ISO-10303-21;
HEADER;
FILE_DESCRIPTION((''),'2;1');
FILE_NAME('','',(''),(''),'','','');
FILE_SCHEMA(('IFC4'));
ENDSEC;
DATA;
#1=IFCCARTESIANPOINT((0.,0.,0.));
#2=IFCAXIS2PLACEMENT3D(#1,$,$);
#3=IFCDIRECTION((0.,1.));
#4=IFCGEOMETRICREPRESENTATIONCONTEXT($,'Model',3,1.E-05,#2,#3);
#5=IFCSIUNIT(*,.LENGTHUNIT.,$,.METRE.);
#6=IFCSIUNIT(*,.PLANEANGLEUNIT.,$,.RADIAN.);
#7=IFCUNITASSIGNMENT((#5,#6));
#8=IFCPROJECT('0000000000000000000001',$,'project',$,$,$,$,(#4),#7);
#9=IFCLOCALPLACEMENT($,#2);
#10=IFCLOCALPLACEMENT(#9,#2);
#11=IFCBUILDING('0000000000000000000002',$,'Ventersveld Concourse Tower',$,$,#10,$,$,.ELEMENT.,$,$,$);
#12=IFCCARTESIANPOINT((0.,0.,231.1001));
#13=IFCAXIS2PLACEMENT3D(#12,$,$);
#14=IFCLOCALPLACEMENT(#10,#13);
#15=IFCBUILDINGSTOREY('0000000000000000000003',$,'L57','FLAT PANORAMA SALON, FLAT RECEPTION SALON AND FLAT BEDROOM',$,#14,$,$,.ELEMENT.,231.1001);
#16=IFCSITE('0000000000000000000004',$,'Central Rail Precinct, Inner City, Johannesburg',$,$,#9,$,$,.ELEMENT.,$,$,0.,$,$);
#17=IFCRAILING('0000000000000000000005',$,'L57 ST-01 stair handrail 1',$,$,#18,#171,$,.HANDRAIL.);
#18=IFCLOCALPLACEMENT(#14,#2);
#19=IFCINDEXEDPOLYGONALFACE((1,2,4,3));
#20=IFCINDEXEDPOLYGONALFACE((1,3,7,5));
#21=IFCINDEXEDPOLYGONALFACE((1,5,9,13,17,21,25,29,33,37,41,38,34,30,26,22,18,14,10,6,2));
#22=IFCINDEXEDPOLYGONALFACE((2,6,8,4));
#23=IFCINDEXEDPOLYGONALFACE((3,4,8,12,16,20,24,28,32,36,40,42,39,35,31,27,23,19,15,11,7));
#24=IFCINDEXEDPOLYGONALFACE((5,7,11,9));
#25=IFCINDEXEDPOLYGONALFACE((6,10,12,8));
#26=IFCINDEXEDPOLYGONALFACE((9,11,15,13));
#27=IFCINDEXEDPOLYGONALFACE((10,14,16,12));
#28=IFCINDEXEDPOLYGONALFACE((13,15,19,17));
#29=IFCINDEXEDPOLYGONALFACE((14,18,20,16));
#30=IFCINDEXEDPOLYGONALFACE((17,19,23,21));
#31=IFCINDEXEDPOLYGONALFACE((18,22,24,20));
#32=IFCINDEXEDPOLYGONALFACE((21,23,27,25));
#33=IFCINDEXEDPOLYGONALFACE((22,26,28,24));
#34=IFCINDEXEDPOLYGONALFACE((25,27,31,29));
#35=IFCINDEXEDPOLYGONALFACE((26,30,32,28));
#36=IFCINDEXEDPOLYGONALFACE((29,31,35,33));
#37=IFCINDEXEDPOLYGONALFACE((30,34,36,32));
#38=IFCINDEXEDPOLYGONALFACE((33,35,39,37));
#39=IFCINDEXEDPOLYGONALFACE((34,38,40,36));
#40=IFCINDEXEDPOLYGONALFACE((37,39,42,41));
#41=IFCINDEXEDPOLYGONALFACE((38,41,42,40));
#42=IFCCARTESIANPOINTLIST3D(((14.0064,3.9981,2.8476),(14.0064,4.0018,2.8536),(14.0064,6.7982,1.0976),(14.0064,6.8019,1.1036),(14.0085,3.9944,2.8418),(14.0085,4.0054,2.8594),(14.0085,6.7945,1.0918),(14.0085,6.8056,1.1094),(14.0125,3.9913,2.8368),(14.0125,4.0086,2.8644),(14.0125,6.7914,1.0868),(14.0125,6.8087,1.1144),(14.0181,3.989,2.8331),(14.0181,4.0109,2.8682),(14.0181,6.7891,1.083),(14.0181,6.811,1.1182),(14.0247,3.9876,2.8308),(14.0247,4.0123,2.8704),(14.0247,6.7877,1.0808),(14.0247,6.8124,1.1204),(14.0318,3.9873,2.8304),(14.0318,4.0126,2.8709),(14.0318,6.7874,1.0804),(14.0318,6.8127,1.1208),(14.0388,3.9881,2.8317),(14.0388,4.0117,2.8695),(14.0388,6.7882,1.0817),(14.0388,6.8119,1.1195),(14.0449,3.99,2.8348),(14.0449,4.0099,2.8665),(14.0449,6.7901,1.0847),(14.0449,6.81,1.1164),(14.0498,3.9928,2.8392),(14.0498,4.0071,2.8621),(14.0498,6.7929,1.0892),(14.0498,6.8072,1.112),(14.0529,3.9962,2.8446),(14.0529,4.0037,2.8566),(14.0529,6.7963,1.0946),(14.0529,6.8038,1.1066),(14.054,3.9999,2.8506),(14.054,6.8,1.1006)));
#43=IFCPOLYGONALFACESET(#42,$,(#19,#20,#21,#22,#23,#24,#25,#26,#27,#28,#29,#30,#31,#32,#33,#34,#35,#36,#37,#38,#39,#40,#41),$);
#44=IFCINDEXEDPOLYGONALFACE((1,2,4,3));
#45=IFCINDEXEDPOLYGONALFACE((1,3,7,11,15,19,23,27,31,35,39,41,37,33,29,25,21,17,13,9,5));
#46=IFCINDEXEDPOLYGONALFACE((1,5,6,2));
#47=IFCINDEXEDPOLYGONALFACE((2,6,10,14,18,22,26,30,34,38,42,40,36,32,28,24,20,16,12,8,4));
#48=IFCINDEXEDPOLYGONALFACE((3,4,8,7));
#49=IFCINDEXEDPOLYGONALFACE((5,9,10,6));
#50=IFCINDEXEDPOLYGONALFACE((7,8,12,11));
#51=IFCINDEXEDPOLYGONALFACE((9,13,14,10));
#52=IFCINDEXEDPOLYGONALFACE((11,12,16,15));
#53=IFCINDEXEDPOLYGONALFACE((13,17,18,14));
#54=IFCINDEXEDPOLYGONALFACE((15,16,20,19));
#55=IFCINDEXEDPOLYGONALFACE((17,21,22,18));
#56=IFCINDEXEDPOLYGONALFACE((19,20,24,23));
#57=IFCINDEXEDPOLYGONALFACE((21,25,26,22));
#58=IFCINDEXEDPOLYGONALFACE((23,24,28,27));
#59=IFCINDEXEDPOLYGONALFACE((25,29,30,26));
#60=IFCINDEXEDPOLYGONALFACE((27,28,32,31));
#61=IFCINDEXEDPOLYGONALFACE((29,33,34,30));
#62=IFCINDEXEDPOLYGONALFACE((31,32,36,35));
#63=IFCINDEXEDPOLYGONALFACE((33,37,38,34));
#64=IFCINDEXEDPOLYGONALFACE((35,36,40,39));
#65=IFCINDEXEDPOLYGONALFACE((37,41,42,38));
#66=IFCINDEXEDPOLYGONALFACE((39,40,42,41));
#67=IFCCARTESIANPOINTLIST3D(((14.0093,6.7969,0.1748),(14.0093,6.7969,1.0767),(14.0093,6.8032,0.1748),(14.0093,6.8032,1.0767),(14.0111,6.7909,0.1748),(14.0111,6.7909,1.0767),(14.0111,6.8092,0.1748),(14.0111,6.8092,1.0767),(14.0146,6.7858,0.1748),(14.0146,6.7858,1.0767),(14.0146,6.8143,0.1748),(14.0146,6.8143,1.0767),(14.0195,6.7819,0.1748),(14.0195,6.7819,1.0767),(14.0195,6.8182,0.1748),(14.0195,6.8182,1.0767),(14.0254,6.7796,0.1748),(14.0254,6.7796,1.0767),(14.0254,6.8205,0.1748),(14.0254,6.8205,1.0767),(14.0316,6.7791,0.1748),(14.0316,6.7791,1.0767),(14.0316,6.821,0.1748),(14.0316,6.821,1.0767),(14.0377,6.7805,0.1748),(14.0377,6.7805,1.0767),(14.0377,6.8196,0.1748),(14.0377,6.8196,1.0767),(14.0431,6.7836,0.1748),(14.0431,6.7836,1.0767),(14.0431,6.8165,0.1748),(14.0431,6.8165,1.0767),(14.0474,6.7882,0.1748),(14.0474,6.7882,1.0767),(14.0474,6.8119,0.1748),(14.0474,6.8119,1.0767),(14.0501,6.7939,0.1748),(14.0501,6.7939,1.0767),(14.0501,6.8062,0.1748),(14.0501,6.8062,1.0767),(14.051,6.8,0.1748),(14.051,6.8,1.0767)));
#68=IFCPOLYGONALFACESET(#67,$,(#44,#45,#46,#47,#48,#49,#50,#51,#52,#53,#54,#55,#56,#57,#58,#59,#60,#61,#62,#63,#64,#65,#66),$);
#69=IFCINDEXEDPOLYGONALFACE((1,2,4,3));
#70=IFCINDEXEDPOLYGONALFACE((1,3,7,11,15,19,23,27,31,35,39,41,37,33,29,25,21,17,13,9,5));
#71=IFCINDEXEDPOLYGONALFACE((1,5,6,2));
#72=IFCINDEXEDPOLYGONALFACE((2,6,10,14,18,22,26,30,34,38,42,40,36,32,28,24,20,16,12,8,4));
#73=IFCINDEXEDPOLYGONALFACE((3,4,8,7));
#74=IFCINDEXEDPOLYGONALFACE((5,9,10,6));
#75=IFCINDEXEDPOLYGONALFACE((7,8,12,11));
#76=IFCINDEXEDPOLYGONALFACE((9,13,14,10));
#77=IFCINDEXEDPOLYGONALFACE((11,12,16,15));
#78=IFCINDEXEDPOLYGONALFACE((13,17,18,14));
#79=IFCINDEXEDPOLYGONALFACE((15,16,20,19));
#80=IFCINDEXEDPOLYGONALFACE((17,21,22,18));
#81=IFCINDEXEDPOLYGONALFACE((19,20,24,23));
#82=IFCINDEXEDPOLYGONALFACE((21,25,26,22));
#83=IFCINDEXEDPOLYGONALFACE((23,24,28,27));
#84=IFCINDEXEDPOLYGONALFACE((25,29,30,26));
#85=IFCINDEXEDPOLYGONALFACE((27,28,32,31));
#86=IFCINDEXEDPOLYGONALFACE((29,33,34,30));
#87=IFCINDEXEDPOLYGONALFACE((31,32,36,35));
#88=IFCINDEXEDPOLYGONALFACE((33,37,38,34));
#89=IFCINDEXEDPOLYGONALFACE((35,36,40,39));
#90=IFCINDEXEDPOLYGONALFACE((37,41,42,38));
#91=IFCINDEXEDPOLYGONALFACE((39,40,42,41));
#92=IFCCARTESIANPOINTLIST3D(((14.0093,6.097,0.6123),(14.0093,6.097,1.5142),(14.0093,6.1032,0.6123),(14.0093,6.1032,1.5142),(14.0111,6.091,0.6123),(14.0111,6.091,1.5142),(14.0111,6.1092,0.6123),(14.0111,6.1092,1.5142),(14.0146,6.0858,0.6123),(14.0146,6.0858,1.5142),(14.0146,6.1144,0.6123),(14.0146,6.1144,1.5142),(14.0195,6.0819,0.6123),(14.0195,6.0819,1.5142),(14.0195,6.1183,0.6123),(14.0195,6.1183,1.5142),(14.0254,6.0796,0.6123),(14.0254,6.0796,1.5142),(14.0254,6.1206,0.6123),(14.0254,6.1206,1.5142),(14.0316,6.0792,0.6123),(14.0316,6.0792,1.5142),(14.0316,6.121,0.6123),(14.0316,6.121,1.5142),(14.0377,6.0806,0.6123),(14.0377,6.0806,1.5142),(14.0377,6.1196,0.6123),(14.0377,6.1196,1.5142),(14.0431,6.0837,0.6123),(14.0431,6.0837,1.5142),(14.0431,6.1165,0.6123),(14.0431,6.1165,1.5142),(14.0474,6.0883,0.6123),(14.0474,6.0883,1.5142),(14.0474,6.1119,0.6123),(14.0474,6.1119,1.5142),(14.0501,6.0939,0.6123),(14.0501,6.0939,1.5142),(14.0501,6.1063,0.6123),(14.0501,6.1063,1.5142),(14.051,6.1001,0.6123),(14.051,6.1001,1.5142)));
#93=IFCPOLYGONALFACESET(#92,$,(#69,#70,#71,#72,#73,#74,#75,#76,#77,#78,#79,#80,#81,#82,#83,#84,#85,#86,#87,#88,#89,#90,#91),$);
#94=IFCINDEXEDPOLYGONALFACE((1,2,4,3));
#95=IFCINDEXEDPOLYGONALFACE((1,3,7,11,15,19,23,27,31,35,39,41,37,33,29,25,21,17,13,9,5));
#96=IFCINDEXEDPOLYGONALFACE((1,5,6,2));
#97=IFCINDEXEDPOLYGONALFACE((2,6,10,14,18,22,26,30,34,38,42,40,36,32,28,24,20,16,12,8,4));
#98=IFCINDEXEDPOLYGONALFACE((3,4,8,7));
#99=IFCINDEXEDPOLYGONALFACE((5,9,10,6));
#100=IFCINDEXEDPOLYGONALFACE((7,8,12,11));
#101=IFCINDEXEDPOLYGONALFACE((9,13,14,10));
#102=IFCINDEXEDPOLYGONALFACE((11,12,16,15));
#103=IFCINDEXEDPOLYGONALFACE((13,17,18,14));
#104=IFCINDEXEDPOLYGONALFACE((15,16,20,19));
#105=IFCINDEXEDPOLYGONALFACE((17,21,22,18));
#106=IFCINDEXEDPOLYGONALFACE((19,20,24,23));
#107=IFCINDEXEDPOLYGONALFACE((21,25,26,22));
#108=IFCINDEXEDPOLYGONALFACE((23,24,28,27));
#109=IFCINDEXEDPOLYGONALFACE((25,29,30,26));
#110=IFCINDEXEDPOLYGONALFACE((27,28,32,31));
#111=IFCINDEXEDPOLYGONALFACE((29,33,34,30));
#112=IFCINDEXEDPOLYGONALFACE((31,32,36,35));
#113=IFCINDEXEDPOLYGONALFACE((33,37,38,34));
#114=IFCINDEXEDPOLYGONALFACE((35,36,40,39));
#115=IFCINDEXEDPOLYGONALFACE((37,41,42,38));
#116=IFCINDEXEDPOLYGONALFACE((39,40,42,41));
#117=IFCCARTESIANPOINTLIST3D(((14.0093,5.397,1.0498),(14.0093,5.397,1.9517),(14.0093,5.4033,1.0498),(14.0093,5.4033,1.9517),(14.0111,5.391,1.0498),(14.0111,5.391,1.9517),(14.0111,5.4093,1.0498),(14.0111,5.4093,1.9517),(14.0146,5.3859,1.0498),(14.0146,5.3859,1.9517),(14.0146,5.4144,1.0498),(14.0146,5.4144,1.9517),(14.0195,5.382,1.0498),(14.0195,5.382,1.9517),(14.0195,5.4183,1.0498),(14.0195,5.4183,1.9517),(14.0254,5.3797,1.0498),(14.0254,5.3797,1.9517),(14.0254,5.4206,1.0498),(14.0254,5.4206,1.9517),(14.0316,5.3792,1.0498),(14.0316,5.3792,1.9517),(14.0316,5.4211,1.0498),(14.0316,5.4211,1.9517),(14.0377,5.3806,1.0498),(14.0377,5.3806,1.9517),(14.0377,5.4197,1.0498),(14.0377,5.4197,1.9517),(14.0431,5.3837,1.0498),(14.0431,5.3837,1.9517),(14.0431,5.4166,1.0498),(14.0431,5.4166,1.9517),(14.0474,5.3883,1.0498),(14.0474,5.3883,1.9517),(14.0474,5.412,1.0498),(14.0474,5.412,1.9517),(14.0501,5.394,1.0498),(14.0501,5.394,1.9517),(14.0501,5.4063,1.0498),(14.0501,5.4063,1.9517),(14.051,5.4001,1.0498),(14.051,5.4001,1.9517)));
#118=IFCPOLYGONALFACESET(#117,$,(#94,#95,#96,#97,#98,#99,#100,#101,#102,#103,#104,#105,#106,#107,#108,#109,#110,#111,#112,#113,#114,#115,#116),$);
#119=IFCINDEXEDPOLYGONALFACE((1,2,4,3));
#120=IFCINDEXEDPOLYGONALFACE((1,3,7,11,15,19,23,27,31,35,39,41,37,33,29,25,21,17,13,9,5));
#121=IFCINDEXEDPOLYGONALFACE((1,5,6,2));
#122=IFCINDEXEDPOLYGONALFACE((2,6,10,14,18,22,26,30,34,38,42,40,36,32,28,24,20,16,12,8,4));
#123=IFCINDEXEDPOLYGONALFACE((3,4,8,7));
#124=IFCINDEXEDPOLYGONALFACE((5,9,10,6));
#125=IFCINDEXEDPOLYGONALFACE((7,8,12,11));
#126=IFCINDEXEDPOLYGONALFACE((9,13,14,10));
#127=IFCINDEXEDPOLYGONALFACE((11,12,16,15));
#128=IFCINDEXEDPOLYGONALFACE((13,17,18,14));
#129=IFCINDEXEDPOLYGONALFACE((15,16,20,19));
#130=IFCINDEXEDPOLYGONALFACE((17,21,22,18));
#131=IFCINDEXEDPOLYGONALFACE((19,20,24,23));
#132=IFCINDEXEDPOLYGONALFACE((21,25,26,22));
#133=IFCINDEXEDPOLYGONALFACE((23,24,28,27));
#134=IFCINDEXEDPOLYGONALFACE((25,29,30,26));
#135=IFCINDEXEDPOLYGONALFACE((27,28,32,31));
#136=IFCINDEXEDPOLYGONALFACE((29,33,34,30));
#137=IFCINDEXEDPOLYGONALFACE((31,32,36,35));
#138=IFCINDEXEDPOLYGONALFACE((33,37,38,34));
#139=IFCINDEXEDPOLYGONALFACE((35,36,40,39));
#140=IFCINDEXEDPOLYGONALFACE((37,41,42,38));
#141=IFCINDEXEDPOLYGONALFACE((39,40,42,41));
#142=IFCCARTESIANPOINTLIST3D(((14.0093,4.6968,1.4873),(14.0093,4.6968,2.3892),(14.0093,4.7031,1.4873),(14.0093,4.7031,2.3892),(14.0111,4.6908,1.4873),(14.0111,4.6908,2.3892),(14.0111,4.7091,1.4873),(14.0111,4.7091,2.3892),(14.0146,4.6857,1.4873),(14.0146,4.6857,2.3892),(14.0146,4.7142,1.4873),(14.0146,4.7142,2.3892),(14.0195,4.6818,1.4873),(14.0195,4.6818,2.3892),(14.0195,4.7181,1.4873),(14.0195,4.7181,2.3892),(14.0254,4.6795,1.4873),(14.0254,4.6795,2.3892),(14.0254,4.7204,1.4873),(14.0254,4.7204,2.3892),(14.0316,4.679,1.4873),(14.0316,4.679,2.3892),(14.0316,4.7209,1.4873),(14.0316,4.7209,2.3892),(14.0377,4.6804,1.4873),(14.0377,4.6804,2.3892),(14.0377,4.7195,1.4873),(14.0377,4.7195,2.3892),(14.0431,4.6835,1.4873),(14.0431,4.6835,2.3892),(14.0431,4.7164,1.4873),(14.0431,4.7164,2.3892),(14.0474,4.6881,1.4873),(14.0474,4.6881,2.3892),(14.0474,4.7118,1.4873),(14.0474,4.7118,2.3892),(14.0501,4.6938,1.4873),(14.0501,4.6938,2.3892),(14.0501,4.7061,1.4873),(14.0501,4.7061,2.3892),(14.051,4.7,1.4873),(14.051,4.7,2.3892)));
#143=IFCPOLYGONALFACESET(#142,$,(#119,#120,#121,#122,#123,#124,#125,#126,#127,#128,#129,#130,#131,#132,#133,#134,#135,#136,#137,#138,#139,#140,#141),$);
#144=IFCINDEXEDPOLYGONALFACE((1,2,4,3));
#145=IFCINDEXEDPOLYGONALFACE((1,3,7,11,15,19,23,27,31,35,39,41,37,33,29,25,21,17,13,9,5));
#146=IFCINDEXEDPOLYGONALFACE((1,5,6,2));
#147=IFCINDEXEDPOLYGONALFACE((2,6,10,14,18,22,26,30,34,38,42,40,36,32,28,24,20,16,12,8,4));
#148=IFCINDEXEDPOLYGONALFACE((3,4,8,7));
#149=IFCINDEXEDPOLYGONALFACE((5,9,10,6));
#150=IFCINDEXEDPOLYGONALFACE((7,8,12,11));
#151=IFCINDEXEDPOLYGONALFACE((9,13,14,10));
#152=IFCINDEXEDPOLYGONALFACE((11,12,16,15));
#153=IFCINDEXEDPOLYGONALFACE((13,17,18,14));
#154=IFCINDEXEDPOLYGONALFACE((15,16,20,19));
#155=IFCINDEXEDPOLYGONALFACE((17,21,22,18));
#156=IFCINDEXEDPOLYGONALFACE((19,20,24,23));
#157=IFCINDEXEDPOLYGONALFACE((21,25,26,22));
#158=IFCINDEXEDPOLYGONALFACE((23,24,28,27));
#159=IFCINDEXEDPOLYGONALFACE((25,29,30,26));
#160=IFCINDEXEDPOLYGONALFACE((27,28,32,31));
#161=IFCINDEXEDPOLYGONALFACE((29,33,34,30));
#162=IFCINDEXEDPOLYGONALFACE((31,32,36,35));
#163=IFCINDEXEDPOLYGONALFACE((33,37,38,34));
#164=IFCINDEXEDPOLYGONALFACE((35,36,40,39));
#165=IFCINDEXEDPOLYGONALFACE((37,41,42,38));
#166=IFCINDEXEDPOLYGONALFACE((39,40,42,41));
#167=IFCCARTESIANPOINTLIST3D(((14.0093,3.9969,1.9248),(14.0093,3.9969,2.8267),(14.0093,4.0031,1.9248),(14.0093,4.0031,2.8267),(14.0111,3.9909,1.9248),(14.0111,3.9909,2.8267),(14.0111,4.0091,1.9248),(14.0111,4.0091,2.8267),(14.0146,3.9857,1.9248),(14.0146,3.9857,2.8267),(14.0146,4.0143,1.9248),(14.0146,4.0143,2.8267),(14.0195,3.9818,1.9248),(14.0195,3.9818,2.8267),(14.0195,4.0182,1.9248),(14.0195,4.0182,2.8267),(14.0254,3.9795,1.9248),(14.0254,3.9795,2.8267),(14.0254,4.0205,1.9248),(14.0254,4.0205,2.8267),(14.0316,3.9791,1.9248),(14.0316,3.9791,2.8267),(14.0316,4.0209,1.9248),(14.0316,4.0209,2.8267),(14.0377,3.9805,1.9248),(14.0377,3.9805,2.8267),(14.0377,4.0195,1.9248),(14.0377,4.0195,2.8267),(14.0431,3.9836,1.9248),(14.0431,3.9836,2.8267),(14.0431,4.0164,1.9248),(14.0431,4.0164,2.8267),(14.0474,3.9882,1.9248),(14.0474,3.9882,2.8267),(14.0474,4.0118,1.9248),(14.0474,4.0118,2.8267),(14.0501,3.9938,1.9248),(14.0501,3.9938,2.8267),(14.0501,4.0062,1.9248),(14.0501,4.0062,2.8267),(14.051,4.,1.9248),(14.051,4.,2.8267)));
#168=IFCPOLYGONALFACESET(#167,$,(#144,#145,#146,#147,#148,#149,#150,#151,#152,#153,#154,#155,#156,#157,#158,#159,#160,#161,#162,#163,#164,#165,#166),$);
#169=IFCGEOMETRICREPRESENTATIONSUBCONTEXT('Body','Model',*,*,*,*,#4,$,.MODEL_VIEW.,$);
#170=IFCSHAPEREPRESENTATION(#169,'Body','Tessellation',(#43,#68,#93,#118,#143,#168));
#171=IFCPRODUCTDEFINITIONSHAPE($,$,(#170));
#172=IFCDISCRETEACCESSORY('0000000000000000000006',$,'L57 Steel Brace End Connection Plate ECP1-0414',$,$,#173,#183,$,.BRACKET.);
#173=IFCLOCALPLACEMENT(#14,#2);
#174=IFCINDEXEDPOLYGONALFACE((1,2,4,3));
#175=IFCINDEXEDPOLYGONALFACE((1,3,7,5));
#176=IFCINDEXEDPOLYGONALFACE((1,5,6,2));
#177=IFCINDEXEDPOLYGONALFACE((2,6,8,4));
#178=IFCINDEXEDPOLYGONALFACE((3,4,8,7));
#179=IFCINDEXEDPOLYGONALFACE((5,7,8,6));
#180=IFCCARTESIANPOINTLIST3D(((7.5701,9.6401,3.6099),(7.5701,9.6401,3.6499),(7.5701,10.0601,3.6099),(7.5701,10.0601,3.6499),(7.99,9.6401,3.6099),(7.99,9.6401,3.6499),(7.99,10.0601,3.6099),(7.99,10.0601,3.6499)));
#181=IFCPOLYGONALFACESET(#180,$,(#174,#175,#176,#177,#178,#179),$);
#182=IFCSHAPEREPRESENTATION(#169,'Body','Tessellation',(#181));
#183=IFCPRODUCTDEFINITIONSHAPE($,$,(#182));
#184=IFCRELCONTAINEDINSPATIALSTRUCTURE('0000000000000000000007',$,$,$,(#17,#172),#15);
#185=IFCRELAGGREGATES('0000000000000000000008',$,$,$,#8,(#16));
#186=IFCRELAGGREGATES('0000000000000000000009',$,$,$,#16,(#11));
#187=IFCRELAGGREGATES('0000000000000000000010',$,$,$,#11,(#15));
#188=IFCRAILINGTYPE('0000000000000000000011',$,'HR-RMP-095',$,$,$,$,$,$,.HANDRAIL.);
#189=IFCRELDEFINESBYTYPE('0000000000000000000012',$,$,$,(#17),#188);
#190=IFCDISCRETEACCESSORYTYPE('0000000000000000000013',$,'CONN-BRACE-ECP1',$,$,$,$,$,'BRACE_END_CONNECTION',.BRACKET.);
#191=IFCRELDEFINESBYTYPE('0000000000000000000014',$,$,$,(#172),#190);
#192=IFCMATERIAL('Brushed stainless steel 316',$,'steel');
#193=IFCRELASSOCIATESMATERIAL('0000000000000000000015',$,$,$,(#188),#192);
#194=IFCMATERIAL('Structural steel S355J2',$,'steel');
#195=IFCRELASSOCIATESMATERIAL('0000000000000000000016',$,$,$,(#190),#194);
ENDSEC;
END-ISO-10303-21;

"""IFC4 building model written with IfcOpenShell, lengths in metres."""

from ifc_helpers import new_model, si_unit, direction, frame, origin, origin_2d, place, context, subcontext, project, spatial, rectangle, circle, extrude, material, type_object, element, save


model = new_model("IFC4")

# Units and contexts
model_context = context("Model", 3, precision=1e-05, world=origin(), true_north=direction((0.0, 1.0)))
body_context = subcontext(model_context, "Body", "Model", "MODEL_VIEW")
ifc_project = project(units=[si_unit("LENGTHUNIT", "METRE"), si_unit("PLANEANGLEUNIT", "RADIAN")], contexts=[model_context])

# Site, building, storey
site_placement = place(None, origin())
site = spatial("IfcSite", under=ifc_project, at=site_placement, Name="Central Rail Precinct, Inner City, Johannesburg", CompositionType="ELEMENT", RefElevation=0.0)
building_placement = place(site_placement, origin())
building = spatial("IfcBuilding", under=site, at=building_placement, Name="Ventersveld Concourse Tower", CompositionType="ELEMENT")
storey_placement = place(building_placement, frame((0.0, 0.0, 231.1001)))
storey = spatial("IfcBuildingStorey", under=building, at=storey_placement, Name="L57", Description="FLAT PANORAMA SALON, FLAT RECEPTION SALON AND FLAT BEDROOM", CompositionType="ELEMENT", Elevation=231.1001)

# Shared definitions
ifc_material_1 = material(Name="Structural steel S355J2", Category="steel")

# Railing
ifc_material_2 = material(Name="Brushed stainless steel 316", Category="steel")
railing_type = type_object("IfcRailingType", Name="HR-RMP-095", PredefinedType="HANDRAIL", material=ifc_material_2)
railing_placement = place(storey_placement, frame((14.03, 6.8, 0.1748)))
element("IfcRailing", 1, at=railing_placement, inside=storey, type_object=railing_type, Name="L57 ST-01 stair handrail 1", PredefinedType="HANDRAIL", context=body_context, shape_type="SweptSolid", body=[
    extrude(circle(Radius=0.0239, at=origin_2d()), frame((0.0, 0.0, 0.9258), z_axis=(0.0, -0.848002, 0.529992), x_axis=(1.0, 0.0, 0.0)), (0.0, 0.0, 1.0), 3.302),
    extrude(circle(Radius=0.021, at=origin_2d()), origin(), (0.0, 0.0, 1.0), 0.9019),
    extrude(circle(Radius=0.021, at=origin_2d()), frame((0.0, -0.7, 0.4375)), (0.0, 0.0, 1.0), 0.9019),
    extrude(circle(Radius=0.021, at=origin_2d()), frame((0.0, -1.3999, 0.875)), (0.0, 0.0, 1.0), 0.9019),
    extrude(circle(Radius=0.021, at=origin_2d()), frame((0.0, -2.1001, 1.3125)), (0.0, 0.0, 1.0), 0.9019),
    extrude(circle(Radius=0.021, at=origin_2d()), frame((0.0, -2.8, 1.75)), (0.0, 0.0, 1.0), 0.9019),
])

# Discrete accessory
discrete_accessory_type = type_object("IfcDiscreteAccessoryType", Name="CONN-BRACE-ECP1", ElementType="BRACE_END_CONNECTION", PredefinedType="BRACKET", material=ifc_material_1)
discrete_accessory_placement = place(storey_placement, frame((7.78, 9.8501, 3.6099), z_axis=(0.0, 0.0, 1.0), x_axis=(1.0, 0.0, 0.0)))
element("IfcDiscreteAccessory", 2, at=discrete_accessory_placement, inside=storey, type_object=discrete_accessory_type, Name="L57 Steel Brace End Connection Plate ECP1-0414", PredefinedType="BRACKET", context=body_context, shape_type="SweptSolid", body=[
    extrude(rectangle(XDim=0.4199, YDim=0.4199, at=origin_2d()), origin(), (0.0, 0.0, 1.0), 0.04),
])

save(model, "model.ifc")
